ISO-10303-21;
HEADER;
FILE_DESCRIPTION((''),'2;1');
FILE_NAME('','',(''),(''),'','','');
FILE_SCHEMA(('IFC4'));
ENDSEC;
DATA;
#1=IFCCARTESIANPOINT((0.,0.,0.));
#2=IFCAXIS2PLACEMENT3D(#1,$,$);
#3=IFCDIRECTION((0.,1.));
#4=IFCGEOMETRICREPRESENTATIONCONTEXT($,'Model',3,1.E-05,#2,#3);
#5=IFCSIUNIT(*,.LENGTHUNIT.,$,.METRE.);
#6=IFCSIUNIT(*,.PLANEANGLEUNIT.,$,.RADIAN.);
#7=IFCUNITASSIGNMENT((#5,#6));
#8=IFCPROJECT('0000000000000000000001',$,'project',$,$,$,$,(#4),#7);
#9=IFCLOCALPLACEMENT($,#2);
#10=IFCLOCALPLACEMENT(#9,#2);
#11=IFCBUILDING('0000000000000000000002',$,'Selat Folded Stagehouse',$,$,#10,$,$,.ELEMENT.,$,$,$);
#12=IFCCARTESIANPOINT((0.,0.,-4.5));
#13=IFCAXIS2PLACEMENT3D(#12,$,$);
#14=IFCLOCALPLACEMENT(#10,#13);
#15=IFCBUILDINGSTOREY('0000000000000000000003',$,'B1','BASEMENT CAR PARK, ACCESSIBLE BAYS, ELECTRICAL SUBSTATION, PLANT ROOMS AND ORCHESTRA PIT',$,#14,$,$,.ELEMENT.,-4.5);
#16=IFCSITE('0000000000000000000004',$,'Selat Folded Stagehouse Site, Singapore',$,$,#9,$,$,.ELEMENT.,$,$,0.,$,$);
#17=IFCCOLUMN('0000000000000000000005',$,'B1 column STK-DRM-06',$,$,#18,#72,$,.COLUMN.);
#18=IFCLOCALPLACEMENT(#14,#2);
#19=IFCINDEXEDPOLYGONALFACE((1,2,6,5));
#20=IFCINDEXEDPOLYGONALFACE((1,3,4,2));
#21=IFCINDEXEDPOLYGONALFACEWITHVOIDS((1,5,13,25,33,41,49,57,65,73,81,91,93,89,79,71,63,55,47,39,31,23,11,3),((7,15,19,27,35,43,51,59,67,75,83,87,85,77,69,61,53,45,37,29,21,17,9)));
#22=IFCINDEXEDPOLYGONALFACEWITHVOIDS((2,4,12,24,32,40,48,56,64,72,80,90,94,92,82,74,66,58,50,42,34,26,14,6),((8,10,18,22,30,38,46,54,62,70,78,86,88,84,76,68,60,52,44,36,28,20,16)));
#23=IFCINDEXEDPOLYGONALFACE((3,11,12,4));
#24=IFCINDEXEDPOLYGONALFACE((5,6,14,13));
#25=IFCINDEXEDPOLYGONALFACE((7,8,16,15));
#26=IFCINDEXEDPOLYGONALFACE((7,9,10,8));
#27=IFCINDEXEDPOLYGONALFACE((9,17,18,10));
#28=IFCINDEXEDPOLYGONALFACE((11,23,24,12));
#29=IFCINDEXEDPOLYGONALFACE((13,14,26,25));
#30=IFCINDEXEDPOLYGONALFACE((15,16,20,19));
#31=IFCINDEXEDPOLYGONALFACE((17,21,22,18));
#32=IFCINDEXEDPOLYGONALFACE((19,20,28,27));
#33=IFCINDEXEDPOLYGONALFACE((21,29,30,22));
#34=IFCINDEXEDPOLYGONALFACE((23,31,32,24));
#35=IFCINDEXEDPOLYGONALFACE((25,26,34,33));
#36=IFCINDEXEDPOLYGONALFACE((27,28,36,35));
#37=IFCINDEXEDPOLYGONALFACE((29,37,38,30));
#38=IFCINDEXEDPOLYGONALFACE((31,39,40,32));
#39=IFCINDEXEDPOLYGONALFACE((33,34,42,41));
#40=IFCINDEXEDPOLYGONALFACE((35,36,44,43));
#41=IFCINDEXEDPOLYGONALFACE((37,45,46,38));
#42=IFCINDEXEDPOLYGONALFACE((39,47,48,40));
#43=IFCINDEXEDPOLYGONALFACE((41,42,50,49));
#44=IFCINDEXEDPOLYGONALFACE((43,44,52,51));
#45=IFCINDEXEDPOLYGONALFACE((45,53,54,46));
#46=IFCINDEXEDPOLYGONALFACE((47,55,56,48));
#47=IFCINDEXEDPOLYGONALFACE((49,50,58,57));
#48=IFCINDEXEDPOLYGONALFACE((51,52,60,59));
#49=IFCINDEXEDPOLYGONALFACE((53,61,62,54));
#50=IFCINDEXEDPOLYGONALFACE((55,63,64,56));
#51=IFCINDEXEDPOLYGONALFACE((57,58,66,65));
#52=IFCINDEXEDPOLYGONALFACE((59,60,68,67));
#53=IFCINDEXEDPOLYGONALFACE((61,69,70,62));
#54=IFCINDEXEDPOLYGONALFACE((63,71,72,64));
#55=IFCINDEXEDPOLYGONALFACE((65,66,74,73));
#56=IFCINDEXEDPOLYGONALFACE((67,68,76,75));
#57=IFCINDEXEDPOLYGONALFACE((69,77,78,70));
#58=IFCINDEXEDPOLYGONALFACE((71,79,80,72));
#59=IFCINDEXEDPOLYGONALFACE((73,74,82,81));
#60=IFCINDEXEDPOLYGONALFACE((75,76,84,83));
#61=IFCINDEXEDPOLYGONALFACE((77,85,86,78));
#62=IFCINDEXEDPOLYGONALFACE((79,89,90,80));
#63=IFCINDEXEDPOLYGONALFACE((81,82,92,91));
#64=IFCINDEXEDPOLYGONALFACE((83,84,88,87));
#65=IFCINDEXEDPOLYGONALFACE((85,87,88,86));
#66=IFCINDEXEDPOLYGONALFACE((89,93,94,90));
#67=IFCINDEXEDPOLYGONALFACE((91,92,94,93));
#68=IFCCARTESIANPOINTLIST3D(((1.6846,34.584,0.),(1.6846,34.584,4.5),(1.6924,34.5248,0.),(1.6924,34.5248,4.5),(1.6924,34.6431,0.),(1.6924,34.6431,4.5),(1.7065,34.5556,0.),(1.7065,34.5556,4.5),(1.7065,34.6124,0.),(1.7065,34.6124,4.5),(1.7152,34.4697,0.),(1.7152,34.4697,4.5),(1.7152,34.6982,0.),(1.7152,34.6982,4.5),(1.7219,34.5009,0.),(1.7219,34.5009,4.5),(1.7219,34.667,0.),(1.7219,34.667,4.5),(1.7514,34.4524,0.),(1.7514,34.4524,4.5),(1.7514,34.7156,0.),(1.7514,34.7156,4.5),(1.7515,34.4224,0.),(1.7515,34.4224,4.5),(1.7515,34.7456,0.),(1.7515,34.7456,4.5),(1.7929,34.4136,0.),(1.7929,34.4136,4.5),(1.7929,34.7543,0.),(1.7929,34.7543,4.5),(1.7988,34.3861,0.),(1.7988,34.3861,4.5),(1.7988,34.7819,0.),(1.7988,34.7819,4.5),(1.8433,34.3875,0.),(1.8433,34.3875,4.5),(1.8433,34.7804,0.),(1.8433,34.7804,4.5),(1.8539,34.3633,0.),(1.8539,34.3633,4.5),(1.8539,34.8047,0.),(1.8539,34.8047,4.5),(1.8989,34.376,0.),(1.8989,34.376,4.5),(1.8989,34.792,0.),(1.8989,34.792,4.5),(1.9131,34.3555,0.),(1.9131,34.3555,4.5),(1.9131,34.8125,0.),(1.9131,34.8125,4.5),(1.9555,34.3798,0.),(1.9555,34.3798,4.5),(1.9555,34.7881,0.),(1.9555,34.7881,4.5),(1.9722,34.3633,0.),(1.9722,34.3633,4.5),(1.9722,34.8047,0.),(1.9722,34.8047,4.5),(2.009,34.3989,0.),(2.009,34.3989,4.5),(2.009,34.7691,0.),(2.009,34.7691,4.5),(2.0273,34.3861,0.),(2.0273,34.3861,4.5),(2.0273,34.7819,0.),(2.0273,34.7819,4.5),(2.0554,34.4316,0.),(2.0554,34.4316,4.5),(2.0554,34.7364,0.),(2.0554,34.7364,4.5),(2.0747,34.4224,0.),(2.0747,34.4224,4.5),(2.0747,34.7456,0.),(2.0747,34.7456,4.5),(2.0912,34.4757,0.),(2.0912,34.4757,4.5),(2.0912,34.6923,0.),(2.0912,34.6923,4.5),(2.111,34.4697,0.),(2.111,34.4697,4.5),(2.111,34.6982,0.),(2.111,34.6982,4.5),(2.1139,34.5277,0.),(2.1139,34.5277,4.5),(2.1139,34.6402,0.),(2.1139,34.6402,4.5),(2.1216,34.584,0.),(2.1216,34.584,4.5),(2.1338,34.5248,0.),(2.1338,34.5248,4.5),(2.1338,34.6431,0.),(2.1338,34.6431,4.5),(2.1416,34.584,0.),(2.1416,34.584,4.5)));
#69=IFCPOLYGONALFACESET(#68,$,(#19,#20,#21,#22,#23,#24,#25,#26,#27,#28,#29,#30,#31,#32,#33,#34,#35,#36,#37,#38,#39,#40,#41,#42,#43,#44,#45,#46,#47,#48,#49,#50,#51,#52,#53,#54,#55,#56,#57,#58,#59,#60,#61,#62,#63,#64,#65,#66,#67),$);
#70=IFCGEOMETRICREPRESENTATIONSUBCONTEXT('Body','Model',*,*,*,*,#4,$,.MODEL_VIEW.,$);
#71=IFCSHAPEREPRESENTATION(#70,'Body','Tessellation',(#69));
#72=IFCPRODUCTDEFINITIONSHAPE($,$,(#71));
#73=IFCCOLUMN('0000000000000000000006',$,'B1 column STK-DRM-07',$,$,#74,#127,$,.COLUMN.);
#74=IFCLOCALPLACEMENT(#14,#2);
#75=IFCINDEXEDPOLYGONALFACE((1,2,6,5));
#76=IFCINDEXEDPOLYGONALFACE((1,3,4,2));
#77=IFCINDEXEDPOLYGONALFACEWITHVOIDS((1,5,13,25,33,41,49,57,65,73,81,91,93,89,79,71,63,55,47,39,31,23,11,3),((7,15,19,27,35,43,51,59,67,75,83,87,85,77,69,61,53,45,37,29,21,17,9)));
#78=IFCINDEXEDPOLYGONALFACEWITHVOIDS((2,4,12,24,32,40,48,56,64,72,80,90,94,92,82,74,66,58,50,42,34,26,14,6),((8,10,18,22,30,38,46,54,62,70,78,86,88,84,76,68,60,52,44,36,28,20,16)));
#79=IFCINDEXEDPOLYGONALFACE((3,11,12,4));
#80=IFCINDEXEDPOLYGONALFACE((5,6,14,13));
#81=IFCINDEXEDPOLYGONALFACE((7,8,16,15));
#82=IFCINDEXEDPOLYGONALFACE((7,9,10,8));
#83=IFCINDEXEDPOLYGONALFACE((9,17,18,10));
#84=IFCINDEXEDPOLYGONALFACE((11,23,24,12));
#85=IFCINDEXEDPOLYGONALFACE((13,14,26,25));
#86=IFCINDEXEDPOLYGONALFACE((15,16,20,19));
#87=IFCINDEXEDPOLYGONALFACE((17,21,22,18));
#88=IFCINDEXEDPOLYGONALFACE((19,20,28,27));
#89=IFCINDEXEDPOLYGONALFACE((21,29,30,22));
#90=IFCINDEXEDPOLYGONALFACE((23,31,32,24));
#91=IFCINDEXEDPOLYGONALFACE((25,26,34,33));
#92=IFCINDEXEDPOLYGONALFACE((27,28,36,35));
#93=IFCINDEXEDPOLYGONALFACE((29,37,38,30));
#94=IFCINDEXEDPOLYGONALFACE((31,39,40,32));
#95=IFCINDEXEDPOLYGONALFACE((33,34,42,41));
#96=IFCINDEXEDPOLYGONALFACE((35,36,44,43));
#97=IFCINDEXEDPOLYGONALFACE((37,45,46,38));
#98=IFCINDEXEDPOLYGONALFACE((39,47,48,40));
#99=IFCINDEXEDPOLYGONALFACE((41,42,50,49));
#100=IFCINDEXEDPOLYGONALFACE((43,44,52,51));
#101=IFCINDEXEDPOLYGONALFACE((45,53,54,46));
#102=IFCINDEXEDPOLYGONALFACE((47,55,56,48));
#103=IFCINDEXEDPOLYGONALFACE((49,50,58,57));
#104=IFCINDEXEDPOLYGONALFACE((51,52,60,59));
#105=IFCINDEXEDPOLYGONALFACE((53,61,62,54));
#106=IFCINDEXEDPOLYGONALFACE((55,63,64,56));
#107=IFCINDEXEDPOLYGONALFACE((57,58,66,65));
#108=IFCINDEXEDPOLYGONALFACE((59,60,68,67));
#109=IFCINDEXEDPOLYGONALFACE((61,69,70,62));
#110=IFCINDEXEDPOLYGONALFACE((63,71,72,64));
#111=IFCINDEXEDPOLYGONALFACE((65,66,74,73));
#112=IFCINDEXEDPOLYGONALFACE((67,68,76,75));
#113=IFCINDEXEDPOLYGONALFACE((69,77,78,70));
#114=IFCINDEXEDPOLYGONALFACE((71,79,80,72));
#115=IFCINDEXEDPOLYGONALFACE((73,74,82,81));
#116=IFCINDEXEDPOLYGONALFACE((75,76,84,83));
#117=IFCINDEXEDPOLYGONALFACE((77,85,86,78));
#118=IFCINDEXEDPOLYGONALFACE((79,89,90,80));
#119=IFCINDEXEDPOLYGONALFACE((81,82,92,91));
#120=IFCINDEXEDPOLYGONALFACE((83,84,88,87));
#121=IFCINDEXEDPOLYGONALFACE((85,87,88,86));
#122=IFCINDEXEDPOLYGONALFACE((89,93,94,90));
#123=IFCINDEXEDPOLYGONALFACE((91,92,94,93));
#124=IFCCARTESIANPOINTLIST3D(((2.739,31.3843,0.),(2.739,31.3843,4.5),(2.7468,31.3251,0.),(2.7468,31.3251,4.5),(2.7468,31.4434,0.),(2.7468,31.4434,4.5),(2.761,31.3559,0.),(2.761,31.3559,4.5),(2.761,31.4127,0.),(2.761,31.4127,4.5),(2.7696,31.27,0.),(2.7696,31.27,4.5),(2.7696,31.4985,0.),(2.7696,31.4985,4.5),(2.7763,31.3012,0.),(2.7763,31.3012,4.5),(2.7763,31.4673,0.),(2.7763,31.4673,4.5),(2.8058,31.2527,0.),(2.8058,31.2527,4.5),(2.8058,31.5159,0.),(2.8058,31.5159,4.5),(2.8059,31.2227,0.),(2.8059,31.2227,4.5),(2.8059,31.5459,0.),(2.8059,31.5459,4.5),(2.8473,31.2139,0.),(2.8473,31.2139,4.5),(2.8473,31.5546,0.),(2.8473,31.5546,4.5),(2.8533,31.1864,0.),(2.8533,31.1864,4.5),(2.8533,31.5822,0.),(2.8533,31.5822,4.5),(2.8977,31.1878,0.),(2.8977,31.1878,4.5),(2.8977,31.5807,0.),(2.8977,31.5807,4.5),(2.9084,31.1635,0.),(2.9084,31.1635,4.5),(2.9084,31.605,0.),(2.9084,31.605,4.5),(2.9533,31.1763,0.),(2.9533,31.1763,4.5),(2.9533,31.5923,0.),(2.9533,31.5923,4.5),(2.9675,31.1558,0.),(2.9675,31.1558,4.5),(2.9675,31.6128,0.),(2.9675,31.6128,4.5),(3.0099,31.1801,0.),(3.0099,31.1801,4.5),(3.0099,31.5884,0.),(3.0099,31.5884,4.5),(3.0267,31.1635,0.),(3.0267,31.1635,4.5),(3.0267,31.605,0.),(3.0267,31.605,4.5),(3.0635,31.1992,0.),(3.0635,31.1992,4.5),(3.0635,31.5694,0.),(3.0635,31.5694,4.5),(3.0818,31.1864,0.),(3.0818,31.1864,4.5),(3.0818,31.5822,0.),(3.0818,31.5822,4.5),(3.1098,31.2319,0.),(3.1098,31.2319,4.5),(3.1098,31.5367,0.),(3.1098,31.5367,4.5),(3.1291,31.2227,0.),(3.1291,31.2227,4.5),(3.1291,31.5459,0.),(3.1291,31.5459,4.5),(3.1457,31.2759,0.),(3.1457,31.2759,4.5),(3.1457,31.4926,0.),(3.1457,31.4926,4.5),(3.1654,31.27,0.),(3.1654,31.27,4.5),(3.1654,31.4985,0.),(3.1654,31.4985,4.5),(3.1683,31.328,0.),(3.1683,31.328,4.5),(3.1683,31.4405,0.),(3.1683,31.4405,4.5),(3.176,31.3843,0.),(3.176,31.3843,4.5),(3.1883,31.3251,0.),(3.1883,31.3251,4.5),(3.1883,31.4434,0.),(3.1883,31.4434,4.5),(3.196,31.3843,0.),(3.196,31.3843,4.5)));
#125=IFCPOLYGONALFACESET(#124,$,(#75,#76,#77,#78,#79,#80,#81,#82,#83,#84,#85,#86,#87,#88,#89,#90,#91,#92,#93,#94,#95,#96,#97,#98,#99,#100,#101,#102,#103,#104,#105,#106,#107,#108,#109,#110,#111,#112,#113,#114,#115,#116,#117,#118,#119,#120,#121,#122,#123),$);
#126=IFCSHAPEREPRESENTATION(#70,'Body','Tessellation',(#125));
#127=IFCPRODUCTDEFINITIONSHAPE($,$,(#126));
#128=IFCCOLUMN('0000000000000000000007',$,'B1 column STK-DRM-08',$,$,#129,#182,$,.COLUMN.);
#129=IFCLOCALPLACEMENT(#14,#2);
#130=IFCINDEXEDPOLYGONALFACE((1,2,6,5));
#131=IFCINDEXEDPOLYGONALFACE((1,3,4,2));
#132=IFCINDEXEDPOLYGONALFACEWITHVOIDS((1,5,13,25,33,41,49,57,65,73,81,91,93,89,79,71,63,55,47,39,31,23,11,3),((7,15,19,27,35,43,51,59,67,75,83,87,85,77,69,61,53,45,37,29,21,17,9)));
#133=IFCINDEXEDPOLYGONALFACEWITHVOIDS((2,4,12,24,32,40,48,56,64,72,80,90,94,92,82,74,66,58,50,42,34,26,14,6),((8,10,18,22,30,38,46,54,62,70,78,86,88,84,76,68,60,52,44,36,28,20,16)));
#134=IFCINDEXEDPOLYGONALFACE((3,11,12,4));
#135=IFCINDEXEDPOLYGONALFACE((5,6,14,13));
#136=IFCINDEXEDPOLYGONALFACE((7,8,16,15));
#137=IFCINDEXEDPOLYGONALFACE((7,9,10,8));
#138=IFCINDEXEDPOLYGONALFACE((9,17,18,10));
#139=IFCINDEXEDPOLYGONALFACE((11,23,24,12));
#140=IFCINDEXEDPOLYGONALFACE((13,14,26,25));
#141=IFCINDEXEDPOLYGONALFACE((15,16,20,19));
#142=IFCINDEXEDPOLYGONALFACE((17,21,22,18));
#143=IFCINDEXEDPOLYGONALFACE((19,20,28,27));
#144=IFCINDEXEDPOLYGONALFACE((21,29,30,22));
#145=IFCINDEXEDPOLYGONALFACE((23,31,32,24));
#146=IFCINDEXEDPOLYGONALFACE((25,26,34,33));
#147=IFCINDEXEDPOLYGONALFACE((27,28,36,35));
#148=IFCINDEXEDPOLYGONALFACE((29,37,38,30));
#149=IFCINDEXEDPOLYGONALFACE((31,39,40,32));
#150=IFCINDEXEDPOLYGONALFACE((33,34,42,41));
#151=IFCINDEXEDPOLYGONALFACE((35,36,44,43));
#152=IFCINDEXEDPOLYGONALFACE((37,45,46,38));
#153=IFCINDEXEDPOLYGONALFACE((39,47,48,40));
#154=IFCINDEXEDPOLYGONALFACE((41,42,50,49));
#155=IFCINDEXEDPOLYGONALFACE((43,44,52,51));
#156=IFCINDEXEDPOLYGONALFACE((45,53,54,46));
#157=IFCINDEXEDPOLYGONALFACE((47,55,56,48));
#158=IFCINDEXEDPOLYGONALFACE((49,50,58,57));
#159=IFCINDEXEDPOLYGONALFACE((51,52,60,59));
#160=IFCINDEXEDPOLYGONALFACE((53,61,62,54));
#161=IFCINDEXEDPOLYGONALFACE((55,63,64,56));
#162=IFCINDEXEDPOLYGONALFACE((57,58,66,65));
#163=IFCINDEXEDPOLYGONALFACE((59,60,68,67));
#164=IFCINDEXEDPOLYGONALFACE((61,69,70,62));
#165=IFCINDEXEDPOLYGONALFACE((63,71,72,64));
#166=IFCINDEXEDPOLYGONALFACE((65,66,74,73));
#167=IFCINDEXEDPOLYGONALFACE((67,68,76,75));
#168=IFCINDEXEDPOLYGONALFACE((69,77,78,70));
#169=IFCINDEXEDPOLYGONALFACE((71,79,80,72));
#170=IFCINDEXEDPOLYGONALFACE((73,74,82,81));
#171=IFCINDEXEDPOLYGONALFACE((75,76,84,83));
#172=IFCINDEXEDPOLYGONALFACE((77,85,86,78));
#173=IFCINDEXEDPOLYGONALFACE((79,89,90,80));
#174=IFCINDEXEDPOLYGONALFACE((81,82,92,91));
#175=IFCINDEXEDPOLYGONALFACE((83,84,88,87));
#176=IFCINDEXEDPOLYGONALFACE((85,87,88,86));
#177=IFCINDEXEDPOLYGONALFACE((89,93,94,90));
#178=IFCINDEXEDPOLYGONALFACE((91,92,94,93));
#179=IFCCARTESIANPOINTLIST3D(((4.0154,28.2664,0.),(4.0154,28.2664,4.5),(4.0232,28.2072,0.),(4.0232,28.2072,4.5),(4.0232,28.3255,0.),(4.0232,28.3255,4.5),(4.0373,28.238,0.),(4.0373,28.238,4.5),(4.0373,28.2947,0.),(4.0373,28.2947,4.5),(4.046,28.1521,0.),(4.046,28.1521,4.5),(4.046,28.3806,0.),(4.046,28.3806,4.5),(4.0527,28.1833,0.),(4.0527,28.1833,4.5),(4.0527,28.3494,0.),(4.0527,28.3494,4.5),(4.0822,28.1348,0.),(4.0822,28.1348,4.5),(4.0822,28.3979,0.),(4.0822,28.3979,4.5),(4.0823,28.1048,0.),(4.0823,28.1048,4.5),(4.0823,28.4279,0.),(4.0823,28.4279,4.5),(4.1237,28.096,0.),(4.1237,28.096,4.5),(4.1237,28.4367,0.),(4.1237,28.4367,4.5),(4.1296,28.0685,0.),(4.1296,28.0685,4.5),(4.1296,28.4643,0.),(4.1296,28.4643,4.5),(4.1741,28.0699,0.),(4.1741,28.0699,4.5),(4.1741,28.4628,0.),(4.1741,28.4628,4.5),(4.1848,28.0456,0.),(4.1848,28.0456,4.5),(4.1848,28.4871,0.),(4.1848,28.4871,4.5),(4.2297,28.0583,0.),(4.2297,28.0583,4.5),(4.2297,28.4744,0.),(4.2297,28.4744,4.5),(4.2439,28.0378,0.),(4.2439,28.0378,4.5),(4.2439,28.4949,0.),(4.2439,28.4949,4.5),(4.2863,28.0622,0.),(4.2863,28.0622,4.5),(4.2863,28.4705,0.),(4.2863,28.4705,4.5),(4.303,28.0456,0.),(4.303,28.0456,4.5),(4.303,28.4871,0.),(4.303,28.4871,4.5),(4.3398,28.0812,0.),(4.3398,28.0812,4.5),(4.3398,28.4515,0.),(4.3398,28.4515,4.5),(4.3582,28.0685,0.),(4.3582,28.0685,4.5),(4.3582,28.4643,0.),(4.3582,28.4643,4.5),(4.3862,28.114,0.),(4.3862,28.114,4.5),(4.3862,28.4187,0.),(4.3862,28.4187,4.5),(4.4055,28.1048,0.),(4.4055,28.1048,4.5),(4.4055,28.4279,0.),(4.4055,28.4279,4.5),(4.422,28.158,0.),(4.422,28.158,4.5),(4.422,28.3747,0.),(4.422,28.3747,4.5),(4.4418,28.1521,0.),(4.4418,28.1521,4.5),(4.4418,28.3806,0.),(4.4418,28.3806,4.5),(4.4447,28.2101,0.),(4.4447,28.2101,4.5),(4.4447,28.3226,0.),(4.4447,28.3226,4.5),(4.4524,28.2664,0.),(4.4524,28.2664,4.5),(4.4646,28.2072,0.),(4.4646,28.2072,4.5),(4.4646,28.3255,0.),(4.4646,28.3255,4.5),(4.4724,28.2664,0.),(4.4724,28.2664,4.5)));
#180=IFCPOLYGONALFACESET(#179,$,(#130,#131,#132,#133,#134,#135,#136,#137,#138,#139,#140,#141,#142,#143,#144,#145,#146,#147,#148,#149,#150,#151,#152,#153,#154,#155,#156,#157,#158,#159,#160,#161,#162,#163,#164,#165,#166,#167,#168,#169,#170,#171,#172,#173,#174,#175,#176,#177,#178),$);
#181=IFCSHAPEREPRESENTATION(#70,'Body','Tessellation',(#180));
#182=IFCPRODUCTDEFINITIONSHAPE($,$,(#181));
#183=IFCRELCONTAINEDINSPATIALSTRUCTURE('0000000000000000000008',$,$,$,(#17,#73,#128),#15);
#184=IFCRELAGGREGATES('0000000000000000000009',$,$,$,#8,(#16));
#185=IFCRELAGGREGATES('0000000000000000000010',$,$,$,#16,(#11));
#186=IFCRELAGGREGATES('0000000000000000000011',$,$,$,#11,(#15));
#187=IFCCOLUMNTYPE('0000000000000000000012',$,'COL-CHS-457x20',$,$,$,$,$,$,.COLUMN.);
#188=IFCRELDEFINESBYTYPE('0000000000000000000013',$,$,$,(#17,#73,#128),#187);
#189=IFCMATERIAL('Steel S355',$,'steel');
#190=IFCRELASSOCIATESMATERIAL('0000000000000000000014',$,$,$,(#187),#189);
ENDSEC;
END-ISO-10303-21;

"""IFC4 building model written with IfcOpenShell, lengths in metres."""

from ifc_helpers import new_model, si_unit, direction, frame, origin, origin_2d, place, context, subcontext, project, spatial, hollow_circle, extrude, material, material_profile, profile_set, type_object, element, save


model = new_model("IFC4")

# Units and contexts
model_context = context("Model", 3, precision=1e-05, world=origin(), true_north=direction((0.0, 1.0)))
body_context = subcontext(model_context, "Body", "Model", "MODEL_VIEW")
ifc_project = project(units=[si_unit("LENGTHUNIT", "METRE"), si_unit("PLANEANGLEUNIT", "RADIAN")], contexts=[model_context])

# Site, building, storey
site_placement = place(None, origin())
site = spatial("IfcSite", under=ifc_project, at=site_placement, Name="Selat Folded Stagehouse Site, Singapore", CompositionType="ELEMENT", RefElevation=0.0)
building_placement = place(site_placement, origin())
building = spatial("IfcBuilding", under=site, at=building_placement, Name="Selat Folded Stagehouse", CompositionType="ELEMENT")
storey_placement = place(building_placement, frame((0.0, 0.0, -4.5)))
storey = spatial("IfcBuildingStorey", under=building, at=storey_placement, Name="B1", Description="BASEMENT CAR PARK, ACCESSIBLE BAYS, ELECTRICAL SUBSTATION, PLANT ROOMS AND ORCHESTRA PIT", CompositionType="ELEMENT", Elevation=-4.5)

# Columns
ifc_material_1 = material(Name="Steel S355", Category="steel")
ifc_material_profile_1 = material_profile(ifc_material_1, hollow_circle(Radius=0.2285, WallThickness=0.02, at=origin_2d()), Name="CHS 457.0x20.0")
ifc_profile_set_1 = profile_set([ifc_material_profile_1], Name="Steel S355")
column_type_1 = type_object("IfcColumnType", Name="COL-CHS-457x20", PredefinedType="COLUMN", material=ifc_profile_set_1)
for number, where, z_axis, x_axis, name in (
    (1, (1.9131, 34.584, 0.0), (0.0, 0.0, 1.0), (1.0, 0.0, 0.0), "B1 column STK-DRM-06"),
    (2, (2.9675, 31.3843, 0.0), (0.0, 0.0, 1.0), (1.0, 0.0, 0.0), "B1 column STK-DRM-07"),
    (3, (4.2439, 28.2664, 0.0), (0.0, 0.0, 1.0), (1.0, 0.0, 0.0), "B1 column STK-DRM-08"),
):
    element("IfcColumn", number, at=place(storey_placement, frame(where, z_axis=z_axis, x_axis=x_axis)), inside=storey, type_object=column_type_1, Name=name, PredefinedType="COLUMN", context=body_context, shape_type="SweptSolid", body=[
        extrude(hollow_circle(Radius=0.2285, WallThickness=0.02, at=origin_2d()), origin(), (0.0, 0.0, 1.0), 4.5),
    ])

save(model, "model.ifc")
